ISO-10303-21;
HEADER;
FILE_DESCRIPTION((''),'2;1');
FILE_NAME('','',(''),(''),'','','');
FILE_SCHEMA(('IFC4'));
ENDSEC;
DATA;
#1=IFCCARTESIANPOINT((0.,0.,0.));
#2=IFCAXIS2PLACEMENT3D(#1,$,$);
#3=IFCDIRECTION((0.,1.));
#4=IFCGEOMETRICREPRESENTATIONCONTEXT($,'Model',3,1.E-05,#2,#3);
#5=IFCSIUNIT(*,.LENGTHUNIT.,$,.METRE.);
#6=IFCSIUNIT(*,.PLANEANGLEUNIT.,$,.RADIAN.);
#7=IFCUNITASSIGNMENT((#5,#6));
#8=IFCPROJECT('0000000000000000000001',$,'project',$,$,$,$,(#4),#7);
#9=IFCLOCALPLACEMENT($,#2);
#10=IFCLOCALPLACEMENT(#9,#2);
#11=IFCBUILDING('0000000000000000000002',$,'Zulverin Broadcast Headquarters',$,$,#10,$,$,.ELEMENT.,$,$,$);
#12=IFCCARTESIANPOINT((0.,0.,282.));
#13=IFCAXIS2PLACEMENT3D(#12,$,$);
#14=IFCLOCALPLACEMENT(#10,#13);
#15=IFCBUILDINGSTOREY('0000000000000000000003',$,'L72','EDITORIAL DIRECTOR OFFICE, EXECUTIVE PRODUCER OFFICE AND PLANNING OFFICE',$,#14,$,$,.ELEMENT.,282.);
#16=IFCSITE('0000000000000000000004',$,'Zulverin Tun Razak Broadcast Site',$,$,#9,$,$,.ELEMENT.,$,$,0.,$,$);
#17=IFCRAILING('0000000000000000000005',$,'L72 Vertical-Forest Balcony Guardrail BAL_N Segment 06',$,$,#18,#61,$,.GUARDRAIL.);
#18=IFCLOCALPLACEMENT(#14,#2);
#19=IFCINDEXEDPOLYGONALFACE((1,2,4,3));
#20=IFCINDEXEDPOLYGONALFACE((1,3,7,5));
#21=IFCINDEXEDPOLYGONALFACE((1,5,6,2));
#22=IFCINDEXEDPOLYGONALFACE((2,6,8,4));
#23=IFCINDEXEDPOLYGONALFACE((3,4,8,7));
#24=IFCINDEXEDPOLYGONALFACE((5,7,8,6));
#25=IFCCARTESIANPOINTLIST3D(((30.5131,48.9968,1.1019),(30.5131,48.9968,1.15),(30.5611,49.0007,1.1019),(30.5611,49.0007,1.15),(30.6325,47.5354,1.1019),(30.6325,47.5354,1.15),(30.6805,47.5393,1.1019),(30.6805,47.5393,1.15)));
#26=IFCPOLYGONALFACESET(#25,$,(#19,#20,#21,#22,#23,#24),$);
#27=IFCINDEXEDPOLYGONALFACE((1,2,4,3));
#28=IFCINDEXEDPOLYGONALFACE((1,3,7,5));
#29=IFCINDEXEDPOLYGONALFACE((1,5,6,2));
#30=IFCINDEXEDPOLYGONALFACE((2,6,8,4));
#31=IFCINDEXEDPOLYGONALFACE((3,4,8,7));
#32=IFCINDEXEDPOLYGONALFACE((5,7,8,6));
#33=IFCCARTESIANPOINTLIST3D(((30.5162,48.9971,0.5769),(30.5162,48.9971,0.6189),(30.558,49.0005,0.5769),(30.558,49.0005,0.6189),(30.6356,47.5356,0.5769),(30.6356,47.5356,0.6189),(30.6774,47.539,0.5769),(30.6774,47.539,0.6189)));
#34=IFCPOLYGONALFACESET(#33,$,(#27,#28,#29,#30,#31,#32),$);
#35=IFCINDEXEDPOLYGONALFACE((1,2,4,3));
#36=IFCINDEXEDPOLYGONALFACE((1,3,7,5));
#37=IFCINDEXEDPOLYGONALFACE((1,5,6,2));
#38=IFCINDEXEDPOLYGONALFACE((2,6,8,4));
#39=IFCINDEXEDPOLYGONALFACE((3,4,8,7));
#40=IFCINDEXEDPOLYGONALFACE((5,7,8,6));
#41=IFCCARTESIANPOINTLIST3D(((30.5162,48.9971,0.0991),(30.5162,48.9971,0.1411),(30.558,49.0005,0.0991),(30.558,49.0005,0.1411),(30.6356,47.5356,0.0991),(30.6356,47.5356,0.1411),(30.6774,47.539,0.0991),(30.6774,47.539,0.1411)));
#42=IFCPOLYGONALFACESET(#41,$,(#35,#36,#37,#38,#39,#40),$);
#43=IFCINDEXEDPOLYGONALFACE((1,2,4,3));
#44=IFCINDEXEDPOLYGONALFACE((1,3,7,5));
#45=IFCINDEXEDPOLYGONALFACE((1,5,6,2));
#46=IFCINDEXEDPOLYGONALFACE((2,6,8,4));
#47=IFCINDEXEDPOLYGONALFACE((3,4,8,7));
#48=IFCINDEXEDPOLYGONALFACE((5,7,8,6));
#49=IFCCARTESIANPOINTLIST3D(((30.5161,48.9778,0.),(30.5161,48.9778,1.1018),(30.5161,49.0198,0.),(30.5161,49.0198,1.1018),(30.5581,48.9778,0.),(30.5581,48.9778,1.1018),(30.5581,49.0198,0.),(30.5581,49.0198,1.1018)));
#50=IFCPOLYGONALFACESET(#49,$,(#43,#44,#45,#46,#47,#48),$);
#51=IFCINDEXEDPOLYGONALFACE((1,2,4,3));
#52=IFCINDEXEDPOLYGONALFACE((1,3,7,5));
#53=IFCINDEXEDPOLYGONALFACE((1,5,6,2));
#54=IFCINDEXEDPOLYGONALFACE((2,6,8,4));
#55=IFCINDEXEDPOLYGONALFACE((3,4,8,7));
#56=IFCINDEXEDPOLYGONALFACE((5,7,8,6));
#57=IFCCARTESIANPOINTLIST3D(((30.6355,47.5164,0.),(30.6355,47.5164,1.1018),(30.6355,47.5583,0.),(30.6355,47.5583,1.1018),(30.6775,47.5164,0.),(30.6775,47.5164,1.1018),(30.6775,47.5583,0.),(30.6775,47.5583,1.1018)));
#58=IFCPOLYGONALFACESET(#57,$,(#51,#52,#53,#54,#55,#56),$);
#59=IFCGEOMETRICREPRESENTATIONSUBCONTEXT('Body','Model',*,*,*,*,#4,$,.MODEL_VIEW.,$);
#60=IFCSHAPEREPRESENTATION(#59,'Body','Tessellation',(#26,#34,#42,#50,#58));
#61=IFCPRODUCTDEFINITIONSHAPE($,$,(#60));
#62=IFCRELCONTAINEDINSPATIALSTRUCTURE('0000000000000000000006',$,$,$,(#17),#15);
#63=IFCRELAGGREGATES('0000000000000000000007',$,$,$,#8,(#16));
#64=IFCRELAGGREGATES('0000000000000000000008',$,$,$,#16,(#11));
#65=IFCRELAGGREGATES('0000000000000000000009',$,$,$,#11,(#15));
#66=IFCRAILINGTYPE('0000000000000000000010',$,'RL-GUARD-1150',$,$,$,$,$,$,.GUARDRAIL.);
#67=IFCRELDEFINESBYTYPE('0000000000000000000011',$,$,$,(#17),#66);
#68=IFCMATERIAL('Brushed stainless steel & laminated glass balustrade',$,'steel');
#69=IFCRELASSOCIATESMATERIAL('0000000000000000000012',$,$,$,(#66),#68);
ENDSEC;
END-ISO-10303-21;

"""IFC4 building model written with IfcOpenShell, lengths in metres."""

from ifc_helpers import new_model, si_unit, direction, frame, origin, origin_2d, place, context, subcontext, project, spatial, rectangle, extrude, material, type_object, element, save


model = new_model("IFC4")

# Units and contexts
model_context = context("Model", 3, precision=1e-05, world=origin(), true_north=direction((0.0, 1.0)))
body_context = subcontext(model_context, "Body", "Model", "MODEL_VIEW")
ifc_project = project(units=[si_unit("LENGTHUNIT", "METRE"), si_unit("PLANEANGLEUNIT", "RADIAN")], contexts=[model_context])

# Site, building, storey
site_placement = place(None, origin())
site = spatial("IfcSite", under=ifc_project, at=site_placement, Name="Zulverin Tun Razak Broadcast Site", CompositionType="ELEMENT", RefElevation=0.0)
building_placement = place(site_placement, origin())
building = spatial("IfcBuilding", under=site, at=building_placement, Name="Zulverin Broadcast Headquarters", CompositionType="ELEMENT")
storey_placement = place(building_placement, frame((0.0, 0.0, 282.0)))
storey = spatial("IfcBuildingStorey", under=building, at=storey_placement, Name="L72", Description="EDITORIAL DIRECTOR OFFICE, EXECUTIVE PRODUCER OFFICE AND PLANNING OFFICE", CompositionType="ELEMENT", Elevation=282.0)

# Railing
ifc_material_1 = material(Name="Brushed stainless steel & laminated glass balustrade", Category="steel")
railing_type = type_object("IfcRailingType", Name="RL-GUARD-1150", PredefinedType="GUARDRAIL", material=ifc_material_1)
railing_1_placement = place(storey_placement, frame((30.5371, 48.9988, 0.0)))
element("IfcRailing", 1, at=railing_1_placement, inside=storey, type_object=railing_type, Name="L72 Vertical-Forest Balcony Guardrail BAL_N Segment 06", PredefinedType="GUARDRAIL", context=body_context, shape_type="SweptSolid", body=[
    extrude(rectangle(XDim=0.0481, YDim=0.0481, at=origin_2d()), frame((0.0, 0.0, 1.126), z_axis=(0.081419, -0.99668, 0.0), x_axis=(0.99668, 0.081419, 0.0)), (0.0, 0.0, 1.0), 1.4663),
    extrude(rectangle(XDim=0.042, YDim=0.042, at=origin_2d()), frame((0.0, 0.0, 0.5979), z_axis=(0.081419, -0.99668, 0.0), x_axis=(0.99668, 0.081419, 0.0)), (0.0, 0.0, 1.0), 1.4663),
    extrude(rectangle(XDim=0.042, YDim=0.042, at=origin_2d()), frame((0.0, 0.0, 0.1201), z_axis=(0.081419, -0.99668, 0.0), x_axis=(0.99668, 0.081419, 0.0)), (0.0, 0.0, 1.0), 1.4663),
    extrude(rectangle(XDim=0.042, YDim=0.042, at=origin_2d()), origin(), (0.0, 0.0, 1.0), 1.1018),
    extrude(rectangle(XDim=0.042, YDim=0.042, at=origin_2d()), frame((0.1194, -1.4614, 0.0)), (0.0, 0.0, 1.0), 1.1018),
])

save(model, "model.ifc")
